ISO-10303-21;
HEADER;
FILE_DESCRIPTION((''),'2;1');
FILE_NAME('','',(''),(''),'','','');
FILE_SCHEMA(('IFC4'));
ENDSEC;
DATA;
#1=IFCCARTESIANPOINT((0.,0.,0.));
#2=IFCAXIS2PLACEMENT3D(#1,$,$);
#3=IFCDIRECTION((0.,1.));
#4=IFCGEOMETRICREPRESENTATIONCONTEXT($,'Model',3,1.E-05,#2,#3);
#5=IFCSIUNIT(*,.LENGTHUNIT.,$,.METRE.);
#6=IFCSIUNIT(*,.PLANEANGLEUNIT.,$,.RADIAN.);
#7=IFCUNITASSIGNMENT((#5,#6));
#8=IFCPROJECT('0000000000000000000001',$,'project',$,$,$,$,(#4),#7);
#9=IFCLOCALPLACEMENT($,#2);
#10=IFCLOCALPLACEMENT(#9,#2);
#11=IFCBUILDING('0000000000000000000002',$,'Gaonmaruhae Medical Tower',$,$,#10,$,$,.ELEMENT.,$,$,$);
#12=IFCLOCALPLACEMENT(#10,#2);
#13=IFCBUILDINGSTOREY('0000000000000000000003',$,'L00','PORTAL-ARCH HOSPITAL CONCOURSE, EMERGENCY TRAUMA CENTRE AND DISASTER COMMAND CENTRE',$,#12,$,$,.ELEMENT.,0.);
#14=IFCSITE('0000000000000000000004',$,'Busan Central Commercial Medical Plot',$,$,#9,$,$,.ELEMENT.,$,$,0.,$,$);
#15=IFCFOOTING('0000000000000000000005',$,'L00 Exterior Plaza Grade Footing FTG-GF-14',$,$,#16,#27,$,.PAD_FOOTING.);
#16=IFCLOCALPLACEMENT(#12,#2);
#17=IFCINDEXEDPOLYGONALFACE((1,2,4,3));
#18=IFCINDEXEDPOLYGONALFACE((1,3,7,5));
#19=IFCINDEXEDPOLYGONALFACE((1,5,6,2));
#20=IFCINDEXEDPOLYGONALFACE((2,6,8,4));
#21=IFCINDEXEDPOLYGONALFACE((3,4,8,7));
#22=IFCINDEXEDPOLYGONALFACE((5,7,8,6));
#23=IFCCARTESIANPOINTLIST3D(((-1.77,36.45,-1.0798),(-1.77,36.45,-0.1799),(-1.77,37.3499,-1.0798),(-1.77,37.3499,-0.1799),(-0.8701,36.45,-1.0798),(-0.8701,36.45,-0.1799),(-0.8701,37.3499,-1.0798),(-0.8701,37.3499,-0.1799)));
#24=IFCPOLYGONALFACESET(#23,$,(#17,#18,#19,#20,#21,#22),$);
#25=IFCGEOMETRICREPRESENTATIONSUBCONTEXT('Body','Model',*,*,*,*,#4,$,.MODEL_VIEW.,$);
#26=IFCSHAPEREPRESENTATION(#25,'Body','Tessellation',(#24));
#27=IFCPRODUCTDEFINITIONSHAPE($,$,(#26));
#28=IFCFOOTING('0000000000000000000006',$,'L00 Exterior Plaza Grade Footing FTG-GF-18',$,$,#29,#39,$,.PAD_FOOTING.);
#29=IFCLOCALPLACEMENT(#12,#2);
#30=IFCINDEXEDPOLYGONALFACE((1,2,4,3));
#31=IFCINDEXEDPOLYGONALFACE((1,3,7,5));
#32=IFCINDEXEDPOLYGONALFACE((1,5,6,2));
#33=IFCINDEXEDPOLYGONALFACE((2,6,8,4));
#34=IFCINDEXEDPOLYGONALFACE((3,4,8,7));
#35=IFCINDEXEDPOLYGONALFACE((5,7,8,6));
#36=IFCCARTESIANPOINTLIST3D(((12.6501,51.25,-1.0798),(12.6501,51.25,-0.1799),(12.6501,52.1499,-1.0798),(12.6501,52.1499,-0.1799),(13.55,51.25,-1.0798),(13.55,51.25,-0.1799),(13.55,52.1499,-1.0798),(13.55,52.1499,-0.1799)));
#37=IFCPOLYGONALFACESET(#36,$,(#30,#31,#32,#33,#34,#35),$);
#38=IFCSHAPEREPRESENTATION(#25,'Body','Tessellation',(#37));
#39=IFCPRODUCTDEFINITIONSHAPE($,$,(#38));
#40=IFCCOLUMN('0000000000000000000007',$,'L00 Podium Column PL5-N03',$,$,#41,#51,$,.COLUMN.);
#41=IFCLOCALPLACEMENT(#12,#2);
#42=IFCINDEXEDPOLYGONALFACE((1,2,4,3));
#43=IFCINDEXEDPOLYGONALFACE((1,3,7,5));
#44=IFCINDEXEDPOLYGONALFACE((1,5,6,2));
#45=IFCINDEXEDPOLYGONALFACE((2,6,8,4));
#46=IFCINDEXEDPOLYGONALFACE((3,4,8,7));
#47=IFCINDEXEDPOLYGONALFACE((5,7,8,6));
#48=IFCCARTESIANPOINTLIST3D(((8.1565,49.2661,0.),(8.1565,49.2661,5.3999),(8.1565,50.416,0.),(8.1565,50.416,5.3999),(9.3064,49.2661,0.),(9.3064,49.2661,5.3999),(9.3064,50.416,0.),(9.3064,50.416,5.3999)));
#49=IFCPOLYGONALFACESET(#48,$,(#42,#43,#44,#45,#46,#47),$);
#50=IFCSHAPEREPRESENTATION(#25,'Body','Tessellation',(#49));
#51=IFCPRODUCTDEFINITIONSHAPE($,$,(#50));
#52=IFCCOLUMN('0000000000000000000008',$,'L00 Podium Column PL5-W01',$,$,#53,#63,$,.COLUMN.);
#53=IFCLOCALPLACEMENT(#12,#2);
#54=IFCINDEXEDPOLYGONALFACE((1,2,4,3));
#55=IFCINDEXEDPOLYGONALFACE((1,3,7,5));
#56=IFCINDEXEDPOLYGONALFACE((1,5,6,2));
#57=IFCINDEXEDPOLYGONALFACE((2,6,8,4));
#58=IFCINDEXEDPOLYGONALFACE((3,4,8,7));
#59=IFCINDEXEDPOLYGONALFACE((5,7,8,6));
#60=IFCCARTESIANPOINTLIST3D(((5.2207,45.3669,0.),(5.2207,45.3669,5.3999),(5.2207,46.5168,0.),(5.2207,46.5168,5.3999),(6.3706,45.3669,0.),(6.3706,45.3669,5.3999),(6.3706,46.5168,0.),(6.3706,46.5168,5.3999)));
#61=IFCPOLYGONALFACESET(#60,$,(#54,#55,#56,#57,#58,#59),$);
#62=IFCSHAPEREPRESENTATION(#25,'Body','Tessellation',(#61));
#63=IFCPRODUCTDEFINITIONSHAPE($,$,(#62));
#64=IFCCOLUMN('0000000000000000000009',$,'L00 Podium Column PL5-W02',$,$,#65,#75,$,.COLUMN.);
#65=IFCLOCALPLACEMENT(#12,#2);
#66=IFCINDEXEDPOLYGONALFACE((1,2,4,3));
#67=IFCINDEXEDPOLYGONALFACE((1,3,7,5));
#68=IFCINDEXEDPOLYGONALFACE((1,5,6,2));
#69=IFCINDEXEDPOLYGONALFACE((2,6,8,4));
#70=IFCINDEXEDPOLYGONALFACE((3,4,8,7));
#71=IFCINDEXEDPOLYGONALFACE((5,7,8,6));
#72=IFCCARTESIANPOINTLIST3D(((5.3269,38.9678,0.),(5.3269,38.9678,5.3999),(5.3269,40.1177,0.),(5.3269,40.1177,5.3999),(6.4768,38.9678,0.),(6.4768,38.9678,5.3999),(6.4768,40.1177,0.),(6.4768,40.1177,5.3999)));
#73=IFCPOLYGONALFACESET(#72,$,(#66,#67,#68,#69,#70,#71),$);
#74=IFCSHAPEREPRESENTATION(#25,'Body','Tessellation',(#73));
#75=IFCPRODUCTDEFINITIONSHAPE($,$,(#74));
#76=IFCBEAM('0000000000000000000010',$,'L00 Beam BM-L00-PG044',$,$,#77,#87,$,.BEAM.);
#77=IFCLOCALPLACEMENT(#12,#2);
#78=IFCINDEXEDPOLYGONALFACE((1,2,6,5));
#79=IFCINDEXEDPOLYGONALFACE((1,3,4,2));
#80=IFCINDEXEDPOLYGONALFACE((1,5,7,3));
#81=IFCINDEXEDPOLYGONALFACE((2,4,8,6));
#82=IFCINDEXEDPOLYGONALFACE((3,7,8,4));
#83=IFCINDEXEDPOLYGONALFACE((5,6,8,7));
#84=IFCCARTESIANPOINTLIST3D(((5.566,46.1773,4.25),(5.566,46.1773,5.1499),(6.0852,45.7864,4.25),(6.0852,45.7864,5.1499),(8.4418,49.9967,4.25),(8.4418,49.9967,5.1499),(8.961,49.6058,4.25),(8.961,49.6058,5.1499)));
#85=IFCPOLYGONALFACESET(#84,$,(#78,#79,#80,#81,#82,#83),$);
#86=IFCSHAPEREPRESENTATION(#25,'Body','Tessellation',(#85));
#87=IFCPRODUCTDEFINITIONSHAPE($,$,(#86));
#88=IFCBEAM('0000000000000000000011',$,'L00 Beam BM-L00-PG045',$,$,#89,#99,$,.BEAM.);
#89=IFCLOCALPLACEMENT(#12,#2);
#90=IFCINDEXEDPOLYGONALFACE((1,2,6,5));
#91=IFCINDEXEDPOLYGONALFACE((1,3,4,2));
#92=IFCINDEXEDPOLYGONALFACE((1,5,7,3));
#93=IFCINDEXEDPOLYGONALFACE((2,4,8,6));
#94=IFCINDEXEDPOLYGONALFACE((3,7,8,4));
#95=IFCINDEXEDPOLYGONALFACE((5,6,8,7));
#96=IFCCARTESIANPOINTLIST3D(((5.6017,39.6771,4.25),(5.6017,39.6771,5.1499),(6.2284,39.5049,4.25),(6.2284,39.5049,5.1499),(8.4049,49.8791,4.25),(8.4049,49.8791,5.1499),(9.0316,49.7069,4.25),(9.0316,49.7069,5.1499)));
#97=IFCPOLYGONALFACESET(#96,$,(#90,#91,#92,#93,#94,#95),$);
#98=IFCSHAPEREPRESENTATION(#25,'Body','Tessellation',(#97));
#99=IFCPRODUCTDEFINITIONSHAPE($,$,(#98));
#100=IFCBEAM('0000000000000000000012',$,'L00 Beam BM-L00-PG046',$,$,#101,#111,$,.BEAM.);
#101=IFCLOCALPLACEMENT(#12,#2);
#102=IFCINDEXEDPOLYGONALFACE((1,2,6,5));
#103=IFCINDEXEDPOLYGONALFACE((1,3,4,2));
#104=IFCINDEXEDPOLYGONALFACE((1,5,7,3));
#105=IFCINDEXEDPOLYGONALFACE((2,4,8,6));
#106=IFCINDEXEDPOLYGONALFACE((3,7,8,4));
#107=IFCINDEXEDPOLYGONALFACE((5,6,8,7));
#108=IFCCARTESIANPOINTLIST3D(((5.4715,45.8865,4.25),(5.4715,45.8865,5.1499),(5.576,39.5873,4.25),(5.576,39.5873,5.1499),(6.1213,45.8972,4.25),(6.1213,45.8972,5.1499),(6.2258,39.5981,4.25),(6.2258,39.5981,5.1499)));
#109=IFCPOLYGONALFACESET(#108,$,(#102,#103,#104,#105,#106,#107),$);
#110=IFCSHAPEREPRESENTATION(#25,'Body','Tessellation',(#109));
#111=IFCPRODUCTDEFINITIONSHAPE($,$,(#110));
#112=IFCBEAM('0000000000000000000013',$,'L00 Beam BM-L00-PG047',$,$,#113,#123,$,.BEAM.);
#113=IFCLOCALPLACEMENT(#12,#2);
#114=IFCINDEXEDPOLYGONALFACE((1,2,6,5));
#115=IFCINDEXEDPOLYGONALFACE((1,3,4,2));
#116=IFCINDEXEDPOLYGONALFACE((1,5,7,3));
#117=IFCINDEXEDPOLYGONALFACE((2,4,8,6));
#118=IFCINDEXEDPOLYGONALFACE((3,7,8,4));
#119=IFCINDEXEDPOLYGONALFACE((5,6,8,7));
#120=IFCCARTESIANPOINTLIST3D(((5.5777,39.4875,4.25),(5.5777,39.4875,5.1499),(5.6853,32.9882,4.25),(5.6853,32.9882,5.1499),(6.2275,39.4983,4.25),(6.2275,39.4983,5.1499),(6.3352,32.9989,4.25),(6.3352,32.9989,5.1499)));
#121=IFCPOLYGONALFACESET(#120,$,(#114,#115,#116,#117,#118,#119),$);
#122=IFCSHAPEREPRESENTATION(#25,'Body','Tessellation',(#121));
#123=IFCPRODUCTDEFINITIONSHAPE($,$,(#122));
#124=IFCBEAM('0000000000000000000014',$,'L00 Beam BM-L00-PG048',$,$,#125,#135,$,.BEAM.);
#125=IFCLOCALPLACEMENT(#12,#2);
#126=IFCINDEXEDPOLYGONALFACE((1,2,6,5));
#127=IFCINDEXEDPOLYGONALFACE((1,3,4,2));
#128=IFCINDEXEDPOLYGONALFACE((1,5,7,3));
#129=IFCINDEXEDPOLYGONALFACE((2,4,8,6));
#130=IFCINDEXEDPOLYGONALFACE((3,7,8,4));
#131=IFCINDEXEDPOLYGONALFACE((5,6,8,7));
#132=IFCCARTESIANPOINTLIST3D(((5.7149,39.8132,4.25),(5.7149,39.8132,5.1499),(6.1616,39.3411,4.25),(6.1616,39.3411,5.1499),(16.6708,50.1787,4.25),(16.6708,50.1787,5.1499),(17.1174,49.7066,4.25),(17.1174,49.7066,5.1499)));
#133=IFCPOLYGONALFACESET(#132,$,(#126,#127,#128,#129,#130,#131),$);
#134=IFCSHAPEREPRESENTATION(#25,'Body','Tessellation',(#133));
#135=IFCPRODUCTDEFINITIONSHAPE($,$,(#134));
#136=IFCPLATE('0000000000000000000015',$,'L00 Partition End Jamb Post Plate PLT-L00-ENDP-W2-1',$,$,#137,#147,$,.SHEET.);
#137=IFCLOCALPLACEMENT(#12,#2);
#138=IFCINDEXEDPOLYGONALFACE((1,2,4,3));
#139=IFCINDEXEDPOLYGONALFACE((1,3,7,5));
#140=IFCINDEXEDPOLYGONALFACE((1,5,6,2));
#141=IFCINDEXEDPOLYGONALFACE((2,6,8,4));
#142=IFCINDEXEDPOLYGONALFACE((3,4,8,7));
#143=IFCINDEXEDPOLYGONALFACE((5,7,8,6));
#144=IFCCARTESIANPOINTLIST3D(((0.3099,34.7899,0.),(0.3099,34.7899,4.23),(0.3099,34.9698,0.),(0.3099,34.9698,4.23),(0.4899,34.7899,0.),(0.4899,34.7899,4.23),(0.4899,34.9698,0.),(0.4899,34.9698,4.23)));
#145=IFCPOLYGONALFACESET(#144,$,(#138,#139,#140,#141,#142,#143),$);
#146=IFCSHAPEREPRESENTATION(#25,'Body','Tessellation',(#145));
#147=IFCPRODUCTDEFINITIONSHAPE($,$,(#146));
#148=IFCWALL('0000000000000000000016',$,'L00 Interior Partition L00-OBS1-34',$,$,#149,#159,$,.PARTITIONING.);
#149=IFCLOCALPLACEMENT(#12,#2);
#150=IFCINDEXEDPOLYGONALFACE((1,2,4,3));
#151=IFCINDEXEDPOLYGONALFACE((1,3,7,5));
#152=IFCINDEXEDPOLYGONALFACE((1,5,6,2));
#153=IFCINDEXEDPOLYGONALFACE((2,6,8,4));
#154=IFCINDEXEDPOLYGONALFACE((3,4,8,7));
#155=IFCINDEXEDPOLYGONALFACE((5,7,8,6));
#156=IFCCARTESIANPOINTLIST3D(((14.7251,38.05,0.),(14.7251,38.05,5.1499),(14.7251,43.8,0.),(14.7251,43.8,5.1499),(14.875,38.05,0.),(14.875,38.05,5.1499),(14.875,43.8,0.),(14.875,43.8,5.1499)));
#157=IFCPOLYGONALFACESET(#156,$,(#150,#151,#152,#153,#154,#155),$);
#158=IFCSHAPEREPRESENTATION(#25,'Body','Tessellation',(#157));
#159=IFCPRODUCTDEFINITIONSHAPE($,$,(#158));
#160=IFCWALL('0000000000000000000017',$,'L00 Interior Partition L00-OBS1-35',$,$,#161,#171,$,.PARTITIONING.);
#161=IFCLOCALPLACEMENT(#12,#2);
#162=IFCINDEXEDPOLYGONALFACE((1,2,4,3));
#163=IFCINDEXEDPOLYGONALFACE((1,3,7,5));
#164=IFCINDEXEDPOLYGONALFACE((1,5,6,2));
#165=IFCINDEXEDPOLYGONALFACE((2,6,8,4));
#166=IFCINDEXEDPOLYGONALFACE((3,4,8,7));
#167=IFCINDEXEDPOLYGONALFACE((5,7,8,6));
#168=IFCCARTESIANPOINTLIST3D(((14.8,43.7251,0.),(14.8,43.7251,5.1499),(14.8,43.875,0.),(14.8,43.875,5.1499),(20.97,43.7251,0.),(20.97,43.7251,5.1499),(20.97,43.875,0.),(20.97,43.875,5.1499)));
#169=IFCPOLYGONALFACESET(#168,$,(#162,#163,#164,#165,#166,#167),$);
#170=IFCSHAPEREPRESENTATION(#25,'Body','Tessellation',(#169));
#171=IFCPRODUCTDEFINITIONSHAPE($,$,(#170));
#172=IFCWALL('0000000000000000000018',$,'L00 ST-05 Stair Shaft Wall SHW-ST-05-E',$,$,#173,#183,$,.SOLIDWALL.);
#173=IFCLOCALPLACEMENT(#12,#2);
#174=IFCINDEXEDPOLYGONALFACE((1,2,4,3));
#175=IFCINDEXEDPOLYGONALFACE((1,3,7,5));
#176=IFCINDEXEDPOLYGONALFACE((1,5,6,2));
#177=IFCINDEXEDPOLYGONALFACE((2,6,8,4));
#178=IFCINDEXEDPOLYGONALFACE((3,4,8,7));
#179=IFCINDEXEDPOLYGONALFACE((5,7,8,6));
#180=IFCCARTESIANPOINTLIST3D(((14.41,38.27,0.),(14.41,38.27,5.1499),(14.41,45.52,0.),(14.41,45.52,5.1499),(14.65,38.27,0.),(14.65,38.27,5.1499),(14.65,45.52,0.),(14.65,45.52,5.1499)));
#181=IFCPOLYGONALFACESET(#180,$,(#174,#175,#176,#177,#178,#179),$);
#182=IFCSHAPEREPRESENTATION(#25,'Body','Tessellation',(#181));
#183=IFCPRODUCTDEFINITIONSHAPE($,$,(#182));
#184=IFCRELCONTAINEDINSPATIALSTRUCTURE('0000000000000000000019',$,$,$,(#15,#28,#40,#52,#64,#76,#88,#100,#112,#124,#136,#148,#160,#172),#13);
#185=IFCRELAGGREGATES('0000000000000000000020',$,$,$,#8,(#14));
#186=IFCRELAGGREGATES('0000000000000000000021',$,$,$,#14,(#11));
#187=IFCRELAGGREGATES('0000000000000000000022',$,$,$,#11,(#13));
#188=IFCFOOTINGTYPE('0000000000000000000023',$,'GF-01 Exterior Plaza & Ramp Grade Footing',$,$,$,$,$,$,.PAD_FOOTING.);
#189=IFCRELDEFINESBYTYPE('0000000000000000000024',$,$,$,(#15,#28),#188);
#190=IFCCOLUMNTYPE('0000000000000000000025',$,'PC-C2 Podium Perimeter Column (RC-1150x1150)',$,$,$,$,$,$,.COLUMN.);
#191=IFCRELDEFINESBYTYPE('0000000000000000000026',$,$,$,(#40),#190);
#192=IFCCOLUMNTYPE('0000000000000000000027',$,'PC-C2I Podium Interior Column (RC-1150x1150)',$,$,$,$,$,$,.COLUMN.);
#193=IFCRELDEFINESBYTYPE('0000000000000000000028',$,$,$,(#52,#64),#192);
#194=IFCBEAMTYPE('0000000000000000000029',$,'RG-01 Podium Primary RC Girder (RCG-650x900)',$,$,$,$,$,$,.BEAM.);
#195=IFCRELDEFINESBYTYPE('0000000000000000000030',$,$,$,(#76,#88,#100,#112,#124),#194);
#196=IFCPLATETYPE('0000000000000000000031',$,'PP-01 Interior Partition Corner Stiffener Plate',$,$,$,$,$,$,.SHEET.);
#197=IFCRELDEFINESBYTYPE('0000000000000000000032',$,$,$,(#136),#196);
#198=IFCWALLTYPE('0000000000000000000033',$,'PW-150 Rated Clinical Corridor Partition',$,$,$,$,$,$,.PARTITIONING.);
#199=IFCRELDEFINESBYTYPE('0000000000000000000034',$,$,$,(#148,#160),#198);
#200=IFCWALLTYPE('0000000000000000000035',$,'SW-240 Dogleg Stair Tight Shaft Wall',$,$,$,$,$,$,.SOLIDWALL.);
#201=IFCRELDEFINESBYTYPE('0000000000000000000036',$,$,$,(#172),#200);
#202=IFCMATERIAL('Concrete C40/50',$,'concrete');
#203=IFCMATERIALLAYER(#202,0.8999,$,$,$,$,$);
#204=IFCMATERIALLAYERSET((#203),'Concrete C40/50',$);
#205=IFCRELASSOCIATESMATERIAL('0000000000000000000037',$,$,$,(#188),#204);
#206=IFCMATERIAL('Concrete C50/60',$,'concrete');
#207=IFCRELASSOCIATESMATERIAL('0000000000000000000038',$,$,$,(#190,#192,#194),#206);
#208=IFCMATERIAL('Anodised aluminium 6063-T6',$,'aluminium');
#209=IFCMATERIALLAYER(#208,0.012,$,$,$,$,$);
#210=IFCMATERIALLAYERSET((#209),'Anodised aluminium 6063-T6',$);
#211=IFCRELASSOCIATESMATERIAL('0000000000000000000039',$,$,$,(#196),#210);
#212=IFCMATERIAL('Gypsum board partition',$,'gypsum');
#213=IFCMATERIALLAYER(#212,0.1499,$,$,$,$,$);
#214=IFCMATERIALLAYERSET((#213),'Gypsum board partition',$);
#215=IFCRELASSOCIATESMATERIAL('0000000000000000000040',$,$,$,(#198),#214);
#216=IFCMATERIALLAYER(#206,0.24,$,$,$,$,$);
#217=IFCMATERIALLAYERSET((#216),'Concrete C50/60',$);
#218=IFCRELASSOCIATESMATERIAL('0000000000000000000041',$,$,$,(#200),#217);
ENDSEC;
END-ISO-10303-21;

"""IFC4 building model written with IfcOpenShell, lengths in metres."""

from ifc_helpers import new_model, si_unit, direction, frame, frame_2d, origin, origin_2d, place, context, subcontext, project, spatial, rectangle, extrude, material, layer, layer_set, material_profile, profile_set, type_object, element, save


model = new_model("IFC4")

# Units and contexts
model_context = context("Model", 3, precision=1e-05, world=origin(), true_north=direction((0.0, 1.0)))
body_context = subcontext(model_context, "Body", "Model", "MODEL_VIEW")
ifc_project = project(units=[si_unit("LENGTHUNIT", "METRE"), si_unit("PLANEANGLEUNIT", "RADIAN")], contexts=[model_context])

# Site, building, storey
site_placement = place(None, origin())
site = spatial("IfcSite", under=ifc_project, at=site_placement, Name="Busan Central Commercial Medical Plot", CompositionType="ELEMENT", RefElevation=0.0)
building_placement = place(site_placement, origin())
building = spatial("IfcBuilding", under=site, at=building_placement, Name="Gaonmaruhae Medical Tower", CompositionType="ELEMENT")
storey_placement = place(building_placement, origin())
storey = spatial("IfcBuildingStorey", under=building, at=storey_placement, Name="L00", Description="PORTAL-ARCH HOSPITAL CONCOURSE, EMERGENCY TRAUMA CENTRE AND DISASTER COMMAND CENTRE", CompositionType="ELEMENT", Elevation=0.0)

# Footings
ifc_material_1 = material(Name="Concrete C40/50", Category="concrete")
ifc_layer_1 = layer(ifc_material_1, 0.8999)
ifc_layer_set_1 = layer_set([ifc_layer_1], Name="Concrete C40/50")
footing_type = type_object("IfcFootingType", Name="GF-01 Exterior Plaza & Ramp Grade Footing", PredefinedType="PAD_FOOTING", material=ifc_layer_set_1)
for number, where, z_axis, x_axis, name in (
    (1, (-1.3201, 36.8999, -1.0798), (0.0, 0.0, 1.0), (1.0, 0.0, 0.0), "L00 Exterior Plaza Grade Footing FTG-GF-14"),
    (2, (13.1001, 51.7, -1.0798), (0.0, 0.0, 1.0), (1.0, 0.0, 0.0), "L00 Exterior Plaza Grade Footing FTG-GF-18"),
):
    element("IfcFooting", number, at=place(storey_placement, frame(where, z_axis=z_axis, x_axis=x_axis)), inside=storey, type_object=footing_type, Name=name, PredefinedType="PAD_FOOTING", context=body_context, shape_type="SweptSolid", body=[
        extrude(rectangle(XDim=0.8999, YDim=0.8999, at=origin_2d()), origin(), (0.0, 0.0, 1.0), 0.8999),
    ])

# Columns
ifc_material_2 = material(Name="Concrete C50/60", Category="concrete")
ifc_material_profile_1 = material_profile(ifc_material_2, rectangle(XDim=1.1499, YDim=1.1499, at=origin_2d()), Name="RC-1150x1150")
ifc_profile_set_1 = profile_set([ifc_material_profile_1], Name="Concrete C50/60")
column_type_1 = type_object("IfcColumnType", Name="PC-C2 Podium Perimeter Column (RC-1150x1150)", PredefinedType="COLUMN", material=ifc_profile_set_1)
column_placement = place(storey_placement, frame((8.7314, 49.8411, 0.0), z_axis=(0.0, 0.0, 1.0), x_axis=(1.0, 0.0, 0.0)))
element("IfcColumn", 3, at=column_placement, inside=storey, type_object=column_type_1, Name="L00 Podium Column PL5-N03", PredefinedType="COLUMN", context=body_context, shape_type="SweptSolid", body=[
    extrude(rectangle(XDim=1.1499, YDim=1.1499, at=origin_2d()), origin(), (0.0, 0.0, 1.0), 5.3999),
])
ifc_material_profile_2 = material_profile(ifc_material_2, rectangle(XDim=1.1499, YDim=1.1499, at=origin_2d()), Name="RC-1150x1150")
ifc_profile_set_2 = profile_set([ifc_material_profile_2], Name="Concrete C50/60")
column_type_2 = type_object("IfcColumnType", Name="PC-C2I Podium Interior Column (RC-1150x1150)", PredefinedType="COLUMN", material=ifc_profile_set_2)
for number, where, z_axis, x_axis, name in (
    (4, (5.7957, 45.9419, 0.0), (0.0, 0.0, 1.0), (1.0, 0.0, 0.0), "L00 Podium Column PL5-W01"),
    (5, (5.9019, 39.5427, 0.0), (0.0, 0.0, 1.0), (1.0, 0.0, 0.0), "L00 Podium Column PL5-W02"),
):
    element("IfcColumn", number, at=place(storey_placement, frame(where, z_axis=z_axis, x_axis=x_axis)), inside=storey, type_object=column_type_2, Name=name, PredefinedType="COLUMN", context=body_context, shape_type="SweptSolid", body=[
        extrude(rectangle(XDim=1.1499, YDim=1.1499, at=origin_2d()), origin(), (0.0, 0.0, 1.0), 5.3999),
    ])

# Beams
ifc_material_profile_3 = material_profile(ifc_material_2, rectangle(XDim=0.6499, YDim=0.8999, at=origin_2d()), Name="RCG-650x900")
ifc_profile_set_3 = profile_set([ifc_material_profile_3], Name="Concrete C50/60")
beam_type = type_object("IfcBeamType", Name="RG-01 Podium Primary RC Girder (RCG-650x900)", PredefinedType="BEAM", material=ifc_profile_set_3)
beam_1_placement = place(storey_placement, frame((8.7014, 49.8013, 4.7), z_axis=(-0.601502, -0.798871, 0.0), x_axis=(0.798871, -0.601502, 0.0)))
element("IfcBeam", 6, at=beam_1_placement, inside=storey, type_object=beam_type, Name="L00 Beam BM-L00-PG044", PredefinedType="BEAM", context=body_context, shape_type="SweptSolid", body=[
    extrude(rectangle(XDim=0.6499, YDim=0.8999, at=origin_2d()), origin(), (0.0, 0.0, 1.0), 4.781),
])
beam_2_placement = place(storey_placement, frame((8.7183, 49.793, 4.7), z_axis=(-0.264954, -0.964261, 0.0), x_axis=(0.964261, -0.264954, 0.0)))
element("IfcBeam", 7, at=beam_2_placement, inside=storey, type_object=beam_type, Name="L00 Beam BM-L00-PG045", PredefinedType="BEAM", context=body_context, shape_type="SweptSolid", body=[
    extrude(rectangle(XDim=0.6499, YDim=0.8999, at=origin_2d()), origin(), (0.0, 0.0, 1.0), 10.5801),
])
beam_3_placement = place(storey_placement, frame((5.7964, 45.8918, 4.7), z_axis=(0.016586, -0.999862, 0.0), x_axis=(0.999862, 0.016586, 0.0)))
element("IfcBeam", 8, at=beam_3_placement, inside=storey, type_object=beam_type, Name="L00 Beam BM-L00-PG046", PredefinedType="BEAM", context=body_context, shape_type="SweptSolid", body=[
    extrude(rectangle(XDim=0.6499, YDim=0.8999, at=origin_2d()), origin(), (0.0, 0.0, 1.0), 6.3),
])
beam_4_placement = place(storey_placement, frame((5.9026, 39.4929, 4.7), z_axis=(0.016564, -0.999863, 0.0), x_axis=(0.999863, 0.016564, 0.0)))
element("IfcBeam", 9, at=beam_4_placement, inside=storey, type_object=beam_type, Name="L00 Beam BM-L00-PG047", PredefinedType="BEAM", context=body_context, shape_type="SweptSolid", body=[
    extrude(rectangle(XDim=0.6499, YDim=0.8999, at=origin_2d()), origin(), (0.0, 0.0, 1.0), 6.5002),
])
beam_5_placement = place(storey_placement, frame((5.9382, 39.5771, 4.7), z_axis=(0.726406, 0.687265, 0.0), x_axis=(-0.687265, 0.726406, 0.0)))
element("IfcBeam", 10, at=beam_5_placement, inside=storey, type_object=beam_type, Name="L00 Beam BM-L00-PG048", PredefinedType="BEAM", context=body_context, shape_type="SweptSolid", body=[
    extrude(rectangle(XDim=0.6499, YDim=0.8999, at=origin_2d()), origin(), (0.0, 0.0, 1.0), 15.0823),
])

# Plate
ifc_material_3 = material(Name="Anodised aluminium 6063-T6", Category="aluminium")
ifc_layer_2 = layer(ifc_material_3, 0.012)
ifc_layer_set_2 = layer_set([ifc_layer_2], Name="Anodised aluminium 6063-T6")
plate_type = type_object("IfcPlateType", Name="PP-01 Interior Partition Corner Stiffener Plate", PredefinedType="SHEET", material=ifc_layer_set_2)
plate_placement = place(storey_placement, frame((0.3999, 34.8799, 0.0), z_axis=(0.0, 0.0, 1.0), x_axis=(0.0, 1.0, 0.0)))
element("IfcPlate", 11, at=plate_placement, inside=storey, type_object=plate_type, Name="L00 Partition End Jamb Post Plate PLT-L00-ENDP-W2-1", PredefinedType="SHEET", context=body_context, shape_type="SweptSolid", body=[
    extrude(rectangle(XDim=0.1799, YDim=0.1799, at=origin_2d()), origin(), (0.0, 0.0, 1.0), 4.23),
])

# Walls
ifc_material_4 = material(Name="Gypsum board partition", Category="gypsum")
ifc_layer_3 = layer(ifc_material_4, 0.1499)
ifc_layer_set_3 = layer_set([ifc_layer_3], Name="Gypsum board partition")
wall_type_1 = type_object("IfcWallType", Name="PW-150 Rated Clinical Corridor Partition", PredefinedType="PARTITIONING", material=ifc_layer_set_3)
wall_1_placement = place(storey_placement, frame((14.8, 38.05, 0.0), z_axis=(0.0, 0.0, 1.0), x_axis=(0.0, 1.0, 0.0)))
element("IfcWall", 12, at=wall_1_placement, inside=storey, type_object=wall_type_1, Name="L00 Interior Partition L00-OBS1-34", PredefinedType="PARTITIONING", context=body_context, shape_type="SweptSolid", body=[
    extrude(rectangle(XDim=5.75, YDim=0.1499, at=frame_2d((2.875, 0.0))), origin(), (0.0, 0.0, 1.0), 5.1499),
])
wall_2_placement = place(storey_placement, frame((14.8, 43.8, 0.0), z_axis=(0.0, 0.0, 1.0), x_axis=(1.0, 0.0, 0.0)))
element("IfcWall", 13, at=wall_2_placement, inside=storey, type_object=wall_type_1, Name="L00 Interior Partition L00-OBS1-35", PredefinedType="PARTITIONING", context=body_context, shape_type="SweptSolid", body=[
    extrude(rectangle(XDim=6.1699, YDim=0.1499, at=frame_2d((3.085, 0.0))), origin(), (0.0, 0.0, 1.0), 5.1499),
])

# Shared definitions
ifc_layer_4 = layer(ifc_material_2, 0.24)
ifc_layer_set_4 = layer_set([ifc_layer_4], Name="Concrete C50/60")
wall_type_2 = type_object("IfcWallType", Name="SW-240 Dogleg Stair Tight Shaft Wall", PredefinedType="SOLIDWALL", material=ifc_layer_set_4)

# Wall
wall_3_placement = place(storey_placement, frame((14.53, 45.52, 0.0), z_axis=(0.0, 0.0, 1.0), x_axis=(0.0, -1.0, 0.0)))
element("IfcWall", 14, at=wall_3_placement, inside=storey, type_object=wall_type_2, Name="L00 ST-05 Stair Shaft Wall SHW-ST-05-E", PredefinedType="SOLIDWALL", context=body_context, shape_type="SweptSolid", body=[
    extrude(rectangle(XDim=7.25, YDim=0.24, at=frame_2d((3.625, 0.0))), origin(), (0.0, 0.0, 1.0), 5.1499),
])

save(model, "model.ifc")
